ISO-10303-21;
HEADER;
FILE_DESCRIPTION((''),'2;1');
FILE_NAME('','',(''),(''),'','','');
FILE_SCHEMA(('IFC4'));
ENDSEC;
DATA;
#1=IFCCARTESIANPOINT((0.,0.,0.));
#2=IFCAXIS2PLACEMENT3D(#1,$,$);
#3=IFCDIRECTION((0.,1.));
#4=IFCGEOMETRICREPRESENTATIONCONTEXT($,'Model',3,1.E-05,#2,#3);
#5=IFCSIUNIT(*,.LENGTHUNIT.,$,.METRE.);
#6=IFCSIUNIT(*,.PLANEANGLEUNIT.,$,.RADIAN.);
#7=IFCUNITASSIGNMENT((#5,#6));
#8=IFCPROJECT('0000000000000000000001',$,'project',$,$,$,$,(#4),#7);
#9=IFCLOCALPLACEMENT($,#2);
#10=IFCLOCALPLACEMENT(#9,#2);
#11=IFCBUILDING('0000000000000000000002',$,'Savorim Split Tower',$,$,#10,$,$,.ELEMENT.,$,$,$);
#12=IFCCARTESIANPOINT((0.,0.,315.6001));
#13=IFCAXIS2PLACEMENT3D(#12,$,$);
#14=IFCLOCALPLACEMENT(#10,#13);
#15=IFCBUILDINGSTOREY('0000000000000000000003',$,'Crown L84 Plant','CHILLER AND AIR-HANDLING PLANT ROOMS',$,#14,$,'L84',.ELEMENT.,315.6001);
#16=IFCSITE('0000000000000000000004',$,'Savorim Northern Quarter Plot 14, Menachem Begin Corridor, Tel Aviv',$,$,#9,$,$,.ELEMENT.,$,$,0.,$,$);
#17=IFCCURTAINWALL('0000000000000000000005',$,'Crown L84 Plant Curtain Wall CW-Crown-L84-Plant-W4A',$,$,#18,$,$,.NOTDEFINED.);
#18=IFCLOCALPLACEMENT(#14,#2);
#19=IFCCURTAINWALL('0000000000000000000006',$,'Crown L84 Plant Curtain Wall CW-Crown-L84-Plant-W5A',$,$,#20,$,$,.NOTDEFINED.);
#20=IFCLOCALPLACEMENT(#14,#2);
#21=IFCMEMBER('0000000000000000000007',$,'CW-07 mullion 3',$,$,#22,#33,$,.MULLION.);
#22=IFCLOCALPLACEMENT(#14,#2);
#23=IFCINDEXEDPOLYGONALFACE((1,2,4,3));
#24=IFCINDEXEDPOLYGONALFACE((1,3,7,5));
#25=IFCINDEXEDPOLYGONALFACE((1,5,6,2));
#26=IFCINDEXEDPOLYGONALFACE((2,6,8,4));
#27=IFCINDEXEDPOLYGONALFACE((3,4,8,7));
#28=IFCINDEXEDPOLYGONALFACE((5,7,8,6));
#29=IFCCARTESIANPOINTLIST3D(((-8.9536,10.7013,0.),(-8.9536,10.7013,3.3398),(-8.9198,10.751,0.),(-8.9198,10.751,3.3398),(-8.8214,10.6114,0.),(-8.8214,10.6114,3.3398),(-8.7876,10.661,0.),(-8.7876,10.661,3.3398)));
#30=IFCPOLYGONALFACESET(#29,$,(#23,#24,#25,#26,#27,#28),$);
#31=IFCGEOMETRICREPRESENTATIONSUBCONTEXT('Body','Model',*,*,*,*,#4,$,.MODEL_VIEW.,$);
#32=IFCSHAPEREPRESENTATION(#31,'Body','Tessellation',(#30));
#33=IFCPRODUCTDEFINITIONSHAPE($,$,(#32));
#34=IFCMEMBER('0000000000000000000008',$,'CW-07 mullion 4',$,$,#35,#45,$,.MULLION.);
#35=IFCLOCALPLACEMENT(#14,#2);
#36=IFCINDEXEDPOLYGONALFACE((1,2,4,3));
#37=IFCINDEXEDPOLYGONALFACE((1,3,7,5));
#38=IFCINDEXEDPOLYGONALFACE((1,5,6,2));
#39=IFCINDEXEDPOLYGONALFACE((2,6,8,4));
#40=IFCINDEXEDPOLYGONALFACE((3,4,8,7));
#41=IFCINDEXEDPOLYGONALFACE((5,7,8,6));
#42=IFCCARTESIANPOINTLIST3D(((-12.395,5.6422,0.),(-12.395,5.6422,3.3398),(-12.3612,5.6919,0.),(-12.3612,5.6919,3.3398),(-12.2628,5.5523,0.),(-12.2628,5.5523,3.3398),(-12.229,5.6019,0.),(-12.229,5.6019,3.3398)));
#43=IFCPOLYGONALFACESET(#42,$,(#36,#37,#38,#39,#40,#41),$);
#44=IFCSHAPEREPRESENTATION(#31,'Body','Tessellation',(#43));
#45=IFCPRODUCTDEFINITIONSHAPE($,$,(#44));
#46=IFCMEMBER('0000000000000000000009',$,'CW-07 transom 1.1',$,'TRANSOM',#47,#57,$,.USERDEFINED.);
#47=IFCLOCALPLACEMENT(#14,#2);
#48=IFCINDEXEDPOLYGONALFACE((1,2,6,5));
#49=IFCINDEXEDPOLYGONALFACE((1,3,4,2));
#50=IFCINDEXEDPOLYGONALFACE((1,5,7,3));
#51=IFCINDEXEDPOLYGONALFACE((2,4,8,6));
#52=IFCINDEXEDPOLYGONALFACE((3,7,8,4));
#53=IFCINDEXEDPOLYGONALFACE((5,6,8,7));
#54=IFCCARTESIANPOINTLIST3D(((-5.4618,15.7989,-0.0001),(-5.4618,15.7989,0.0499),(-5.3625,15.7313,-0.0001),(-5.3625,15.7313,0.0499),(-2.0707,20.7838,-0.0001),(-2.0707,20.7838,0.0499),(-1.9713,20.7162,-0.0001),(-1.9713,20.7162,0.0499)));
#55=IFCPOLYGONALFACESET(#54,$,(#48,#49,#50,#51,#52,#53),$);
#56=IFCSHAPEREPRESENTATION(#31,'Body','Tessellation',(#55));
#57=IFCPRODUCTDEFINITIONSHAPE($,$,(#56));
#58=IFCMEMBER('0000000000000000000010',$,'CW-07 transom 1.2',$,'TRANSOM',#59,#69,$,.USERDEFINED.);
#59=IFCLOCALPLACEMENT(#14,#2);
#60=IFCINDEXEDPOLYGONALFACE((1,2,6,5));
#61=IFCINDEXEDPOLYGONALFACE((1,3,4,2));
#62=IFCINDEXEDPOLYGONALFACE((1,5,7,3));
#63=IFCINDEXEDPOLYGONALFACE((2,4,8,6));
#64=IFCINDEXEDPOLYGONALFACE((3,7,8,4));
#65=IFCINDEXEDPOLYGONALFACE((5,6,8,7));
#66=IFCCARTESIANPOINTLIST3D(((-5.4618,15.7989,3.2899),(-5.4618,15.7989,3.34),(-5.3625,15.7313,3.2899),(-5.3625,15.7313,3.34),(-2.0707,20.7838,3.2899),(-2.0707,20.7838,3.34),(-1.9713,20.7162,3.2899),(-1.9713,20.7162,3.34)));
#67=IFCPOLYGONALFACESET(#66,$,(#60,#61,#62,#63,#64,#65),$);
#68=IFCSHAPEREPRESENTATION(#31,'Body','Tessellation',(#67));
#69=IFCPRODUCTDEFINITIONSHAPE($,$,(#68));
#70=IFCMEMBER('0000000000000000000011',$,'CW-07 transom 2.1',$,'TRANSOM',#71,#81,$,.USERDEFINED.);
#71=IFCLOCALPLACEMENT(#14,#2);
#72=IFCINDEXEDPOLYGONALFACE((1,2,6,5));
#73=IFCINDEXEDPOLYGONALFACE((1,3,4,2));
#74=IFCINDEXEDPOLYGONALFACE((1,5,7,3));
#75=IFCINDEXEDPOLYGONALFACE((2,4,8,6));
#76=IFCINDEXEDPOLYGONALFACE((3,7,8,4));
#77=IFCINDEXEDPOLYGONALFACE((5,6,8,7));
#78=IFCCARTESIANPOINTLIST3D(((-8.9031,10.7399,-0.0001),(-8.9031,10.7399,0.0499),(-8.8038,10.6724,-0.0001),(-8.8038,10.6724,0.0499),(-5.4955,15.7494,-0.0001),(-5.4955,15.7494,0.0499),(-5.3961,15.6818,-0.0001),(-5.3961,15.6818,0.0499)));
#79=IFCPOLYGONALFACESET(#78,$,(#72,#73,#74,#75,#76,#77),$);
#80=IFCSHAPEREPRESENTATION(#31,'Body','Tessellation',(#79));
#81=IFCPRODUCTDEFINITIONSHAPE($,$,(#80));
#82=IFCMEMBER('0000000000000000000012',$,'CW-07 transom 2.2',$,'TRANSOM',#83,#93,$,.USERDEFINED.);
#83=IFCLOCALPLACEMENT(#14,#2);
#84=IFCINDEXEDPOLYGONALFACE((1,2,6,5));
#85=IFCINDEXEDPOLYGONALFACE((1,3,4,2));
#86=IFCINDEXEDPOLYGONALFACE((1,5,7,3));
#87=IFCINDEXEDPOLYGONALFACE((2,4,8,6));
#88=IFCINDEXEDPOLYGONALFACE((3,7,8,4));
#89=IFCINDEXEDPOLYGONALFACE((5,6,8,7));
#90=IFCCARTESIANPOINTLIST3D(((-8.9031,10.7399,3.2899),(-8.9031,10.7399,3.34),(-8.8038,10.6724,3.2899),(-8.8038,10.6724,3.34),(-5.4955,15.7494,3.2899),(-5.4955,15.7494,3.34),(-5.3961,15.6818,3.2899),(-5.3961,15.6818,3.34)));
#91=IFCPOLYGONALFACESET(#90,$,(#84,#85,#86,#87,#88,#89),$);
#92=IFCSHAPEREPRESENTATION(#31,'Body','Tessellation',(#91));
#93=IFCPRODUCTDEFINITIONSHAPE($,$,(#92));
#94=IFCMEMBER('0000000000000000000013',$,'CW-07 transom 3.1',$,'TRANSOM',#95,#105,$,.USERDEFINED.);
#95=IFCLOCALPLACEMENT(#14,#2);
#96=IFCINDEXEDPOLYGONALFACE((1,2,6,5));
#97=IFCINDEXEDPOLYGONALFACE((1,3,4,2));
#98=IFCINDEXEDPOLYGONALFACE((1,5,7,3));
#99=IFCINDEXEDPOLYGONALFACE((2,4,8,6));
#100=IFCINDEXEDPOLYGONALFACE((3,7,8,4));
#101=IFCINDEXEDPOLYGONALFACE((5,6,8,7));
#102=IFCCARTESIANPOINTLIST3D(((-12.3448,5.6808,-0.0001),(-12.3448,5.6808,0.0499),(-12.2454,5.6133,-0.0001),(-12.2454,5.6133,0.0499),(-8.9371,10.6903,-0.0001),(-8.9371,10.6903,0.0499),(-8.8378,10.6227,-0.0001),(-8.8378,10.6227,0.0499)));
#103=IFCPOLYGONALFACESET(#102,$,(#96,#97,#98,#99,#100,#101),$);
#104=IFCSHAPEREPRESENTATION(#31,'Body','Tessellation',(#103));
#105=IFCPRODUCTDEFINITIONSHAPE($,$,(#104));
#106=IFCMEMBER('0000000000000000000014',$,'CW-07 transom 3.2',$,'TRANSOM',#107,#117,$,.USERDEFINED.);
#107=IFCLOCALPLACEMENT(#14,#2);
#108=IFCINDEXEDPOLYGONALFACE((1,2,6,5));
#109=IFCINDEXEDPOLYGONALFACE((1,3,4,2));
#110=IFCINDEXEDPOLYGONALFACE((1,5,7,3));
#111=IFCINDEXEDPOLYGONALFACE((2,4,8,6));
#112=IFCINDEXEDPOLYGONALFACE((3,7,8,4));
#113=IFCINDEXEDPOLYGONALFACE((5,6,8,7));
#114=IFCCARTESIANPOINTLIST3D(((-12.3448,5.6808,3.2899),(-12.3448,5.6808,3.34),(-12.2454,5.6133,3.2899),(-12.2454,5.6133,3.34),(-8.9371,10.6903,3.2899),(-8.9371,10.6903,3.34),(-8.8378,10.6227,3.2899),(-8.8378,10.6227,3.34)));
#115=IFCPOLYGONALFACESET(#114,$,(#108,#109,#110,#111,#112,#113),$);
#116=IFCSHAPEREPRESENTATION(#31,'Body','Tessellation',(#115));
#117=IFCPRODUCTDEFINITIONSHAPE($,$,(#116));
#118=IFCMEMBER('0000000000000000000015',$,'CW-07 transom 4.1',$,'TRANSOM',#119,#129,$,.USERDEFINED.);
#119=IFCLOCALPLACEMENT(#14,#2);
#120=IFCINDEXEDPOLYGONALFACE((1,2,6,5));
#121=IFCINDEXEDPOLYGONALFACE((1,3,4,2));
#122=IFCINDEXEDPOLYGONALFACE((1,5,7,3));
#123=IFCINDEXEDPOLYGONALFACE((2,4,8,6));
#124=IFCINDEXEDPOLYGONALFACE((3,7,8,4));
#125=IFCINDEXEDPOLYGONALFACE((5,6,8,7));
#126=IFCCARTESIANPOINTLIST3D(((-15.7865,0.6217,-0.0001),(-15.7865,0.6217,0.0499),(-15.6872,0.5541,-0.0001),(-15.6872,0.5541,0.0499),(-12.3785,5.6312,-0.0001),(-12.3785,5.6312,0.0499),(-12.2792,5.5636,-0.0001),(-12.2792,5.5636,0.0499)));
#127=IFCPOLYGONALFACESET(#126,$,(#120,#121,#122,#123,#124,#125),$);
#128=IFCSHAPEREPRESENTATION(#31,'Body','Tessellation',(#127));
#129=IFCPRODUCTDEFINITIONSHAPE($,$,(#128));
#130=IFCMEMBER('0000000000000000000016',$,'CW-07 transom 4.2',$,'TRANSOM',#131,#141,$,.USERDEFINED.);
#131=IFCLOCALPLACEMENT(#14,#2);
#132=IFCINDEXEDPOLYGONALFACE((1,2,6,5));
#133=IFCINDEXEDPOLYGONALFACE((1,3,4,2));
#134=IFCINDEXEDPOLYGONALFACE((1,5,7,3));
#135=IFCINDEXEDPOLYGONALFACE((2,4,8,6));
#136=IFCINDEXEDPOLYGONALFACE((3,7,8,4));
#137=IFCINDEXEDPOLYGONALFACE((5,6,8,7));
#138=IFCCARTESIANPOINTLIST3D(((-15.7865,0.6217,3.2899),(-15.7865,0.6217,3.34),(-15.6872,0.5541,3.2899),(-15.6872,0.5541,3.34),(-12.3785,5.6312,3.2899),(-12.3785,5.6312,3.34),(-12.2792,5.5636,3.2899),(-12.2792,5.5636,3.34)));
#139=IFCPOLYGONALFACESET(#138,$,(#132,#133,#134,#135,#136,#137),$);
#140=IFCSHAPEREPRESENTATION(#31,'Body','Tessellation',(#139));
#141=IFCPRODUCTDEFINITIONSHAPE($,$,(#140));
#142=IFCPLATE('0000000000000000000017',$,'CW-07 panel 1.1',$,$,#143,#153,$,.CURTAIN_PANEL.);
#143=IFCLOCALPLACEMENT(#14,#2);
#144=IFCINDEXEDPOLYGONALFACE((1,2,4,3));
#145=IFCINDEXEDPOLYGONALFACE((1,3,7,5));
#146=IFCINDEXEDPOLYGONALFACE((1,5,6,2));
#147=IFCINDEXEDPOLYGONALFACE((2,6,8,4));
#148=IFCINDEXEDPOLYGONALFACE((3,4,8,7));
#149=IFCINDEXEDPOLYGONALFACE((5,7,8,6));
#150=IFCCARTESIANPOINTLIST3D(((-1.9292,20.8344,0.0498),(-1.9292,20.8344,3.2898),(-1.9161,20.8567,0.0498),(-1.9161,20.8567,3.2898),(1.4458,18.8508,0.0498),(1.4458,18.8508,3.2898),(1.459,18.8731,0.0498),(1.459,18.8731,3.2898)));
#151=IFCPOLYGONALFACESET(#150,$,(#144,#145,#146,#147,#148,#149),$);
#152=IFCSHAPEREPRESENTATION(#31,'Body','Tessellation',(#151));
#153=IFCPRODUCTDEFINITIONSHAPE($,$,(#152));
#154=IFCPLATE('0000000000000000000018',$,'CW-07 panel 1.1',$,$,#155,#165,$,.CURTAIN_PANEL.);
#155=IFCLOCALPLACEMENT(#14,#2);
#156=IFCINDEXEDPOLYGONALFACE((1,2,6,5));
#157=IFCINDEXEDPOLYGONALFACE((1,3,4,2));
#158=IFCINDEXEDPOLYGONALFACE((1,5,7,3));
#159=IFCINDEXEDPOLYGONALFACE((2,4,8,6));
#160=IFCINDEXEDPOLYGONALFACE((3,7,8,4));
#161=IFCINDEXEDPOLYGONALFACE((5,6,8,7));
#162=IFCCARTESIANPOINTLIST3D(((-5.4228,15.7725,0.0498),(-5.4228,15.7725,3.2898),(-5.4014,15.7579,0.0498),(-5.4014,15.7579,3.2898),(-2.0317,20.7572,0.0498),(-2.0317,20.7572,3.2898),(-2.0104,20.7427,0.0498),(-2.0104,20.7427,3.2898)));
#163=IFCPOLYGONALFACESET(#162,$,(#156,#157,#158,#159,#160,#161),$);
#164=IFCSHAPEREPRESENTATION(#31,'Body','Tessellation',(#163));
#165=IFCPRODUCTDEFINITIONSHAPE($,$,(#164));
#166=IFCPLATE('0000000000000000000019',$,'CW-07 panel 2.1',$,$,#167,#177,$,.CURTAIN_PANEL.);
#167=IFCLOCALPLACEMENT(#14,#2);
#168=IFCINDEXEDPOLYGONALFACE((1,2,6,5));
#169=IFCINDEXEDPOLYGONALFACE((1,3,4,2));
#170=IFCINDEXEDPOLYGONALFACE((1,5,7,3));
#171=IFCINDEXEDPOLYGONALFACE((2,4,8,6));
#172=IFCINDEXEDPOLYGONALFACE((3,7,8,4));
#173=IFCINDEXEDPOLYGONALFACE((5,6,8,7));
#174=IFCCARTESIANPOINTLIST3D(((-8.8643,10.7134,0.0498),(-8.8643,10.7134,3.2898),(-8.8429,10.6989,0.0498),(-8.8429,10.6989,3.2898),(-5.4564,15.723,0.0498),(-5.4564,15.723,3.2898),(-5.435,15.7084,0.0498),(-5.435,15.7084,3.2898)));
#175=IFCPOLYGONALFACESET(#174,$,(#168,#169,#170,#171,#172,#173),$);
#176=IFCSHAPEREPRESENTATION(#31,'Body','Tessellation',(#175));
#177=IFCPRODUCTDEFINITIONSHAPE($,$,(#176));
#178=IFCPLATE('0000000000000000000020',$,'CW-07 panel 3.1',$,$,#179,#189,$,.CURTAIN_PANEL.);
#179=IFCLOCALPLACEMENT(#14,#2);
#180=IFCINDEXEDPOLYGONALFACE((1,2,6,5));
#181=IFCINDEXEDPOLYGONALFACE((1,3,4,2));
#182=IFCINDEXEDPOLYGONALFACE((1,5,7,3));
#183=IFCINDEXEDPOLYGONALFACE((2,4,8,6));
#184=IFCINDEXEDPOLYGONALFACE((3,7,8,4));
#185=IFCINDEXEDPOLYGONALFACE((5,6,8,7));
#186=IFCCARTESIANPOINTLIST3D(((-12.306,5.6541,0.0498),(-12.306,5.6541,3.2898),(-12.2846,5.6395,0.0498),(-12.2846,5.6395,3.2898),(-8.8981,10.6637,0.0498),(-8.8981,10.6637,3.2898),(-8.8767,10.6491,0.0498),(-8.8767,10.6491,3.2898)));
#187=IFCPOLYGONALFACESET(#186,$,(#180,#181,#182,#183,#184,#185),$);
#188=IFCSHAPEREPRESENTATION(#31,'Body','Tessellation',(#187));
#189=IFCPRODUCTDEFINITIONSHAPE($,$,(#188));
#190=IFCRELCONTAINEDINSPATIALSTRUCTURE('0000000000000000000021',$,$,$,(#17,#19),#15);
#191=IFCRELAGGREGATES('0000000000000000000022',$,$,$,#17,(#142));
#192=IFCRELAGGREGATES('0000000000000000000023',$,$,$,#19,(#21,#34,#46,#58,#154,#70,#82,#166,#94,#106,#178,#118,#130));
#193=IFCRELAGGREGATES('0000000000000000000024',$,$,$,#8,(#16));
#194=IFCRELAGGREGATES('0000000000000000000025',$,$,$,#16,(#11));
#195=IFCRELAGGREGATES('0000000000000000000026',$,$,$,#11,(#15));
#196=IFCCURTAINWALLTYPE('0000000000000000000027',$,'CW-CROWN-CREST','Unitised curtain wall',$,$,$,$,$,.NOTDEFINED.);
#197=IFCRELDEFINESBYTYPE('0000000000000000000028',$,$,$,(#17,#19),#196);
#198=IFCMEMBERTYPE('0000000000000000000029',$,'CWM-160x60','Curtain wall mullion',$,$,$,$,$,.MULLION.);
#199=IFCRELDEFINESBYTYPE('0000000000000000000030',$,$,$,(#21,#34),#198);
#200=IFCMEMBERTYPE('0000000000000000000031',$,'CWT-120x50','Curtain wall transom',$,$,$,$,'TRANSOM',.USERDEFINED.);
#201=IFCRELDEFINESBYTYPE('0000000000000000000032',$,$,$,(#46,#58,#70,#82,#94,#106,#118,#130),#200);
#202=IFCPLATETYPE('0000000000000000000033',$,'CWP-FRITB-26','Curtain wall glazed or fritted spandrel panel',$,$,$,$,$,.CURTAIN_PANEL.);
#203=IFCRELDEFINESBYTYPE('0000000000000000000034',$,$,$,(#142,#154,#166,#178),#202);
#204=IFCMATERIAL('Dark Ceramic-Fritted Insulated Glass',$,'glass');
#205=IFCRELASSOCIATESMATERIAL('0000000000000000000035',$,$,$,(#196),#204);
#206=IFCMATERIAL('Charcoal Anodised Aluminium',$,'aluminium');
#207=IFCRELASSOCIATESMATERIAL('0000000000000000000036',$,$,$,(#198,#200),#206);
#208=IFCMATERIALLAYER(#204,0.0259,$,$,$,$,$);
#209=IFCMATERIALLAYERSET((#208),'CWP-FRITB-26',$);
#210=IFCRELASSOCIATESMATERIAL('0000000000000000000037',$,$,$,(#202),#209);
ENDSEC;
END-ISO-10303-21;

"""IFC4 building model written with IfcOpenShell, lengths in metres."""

from ifc_helpers import new_model, si_unit, direction, frame, origin, origin_2d, place, context, subcontext, project, spatial, rectangle, extrude, material, layer, layer_set, material_profile, profile_set, type_object, element, aggregate, save


model = new_model("IFC4")

# Units and contexts
model_context = context("Model", 3, precision=1e-05, world=origin(), true_north=direction((0.0, 1.0)))
body_context = subcontext(model_context, "Body", "Model", "MODEL_VIEW")
ifc_project = project(units=[si_unit("LENGTHUNIT", "METRE"), si_unit("PLANEANGLEUNIT", "RADIAN")], contexts=[model_context])

# Site, building, storey
site_placement = place(None, origin())
site = spatial("IfcSite", under=ifc_project, at=site_placement, Name="Savorim Northern Quarter Plot 14, Menachem Begin Corridor, Tel Aviv", CompositionType="ELEMENT", RefElevation=0.0)
building_placement = place(site_placement, origin())
building = spatial("IfcBuilding", under=site, at=building_placement, Name="Savorim Split Tower", CompositionType="ELEMENT")
storey_placement = place(building_placement, frame((0.0, 0.0, 315.6001)))
storey = spatial("IfcBuildingStorey", under=building, at=storey_placement, Name="Crown L84 Plant", Description="CHILLER AND AIR-HANDLING PLANT ROOMS", LongName="L84", CompositionType="ELEMENT", Elevation=315.6001)

# Curtain wall
ifc_material_1 = material(Name="Dark Ceramic-Fritted Insulated Glass", Category="glass")
curtain_wall_type = type_object("IfcCurtainWallType", Name="CW-CROWN-CREST", Description="Unitised curtain wall", PredefinedType="NOTDEFINED", material=ifc_material_1)
curtain_wall_1_placement = place(storey_placement, origin())
curtain_wall_1 = element("IfcCurtainWall", 1, at=curtain_wall_1_placement, inside=storey, type_object=curtain_wall_type, Name="Crown L84 Plant Curtain Wall CW-Crown-L84-Plant-W4A", PredefinedType="NOTDEFINED")
ifc_material_2 = material(Name="Charcoal Anodised Aluminium", Category="aluminium")
ifc_material_profile_1 = material_profile(ifc_material_2, rectangle(XDim=0.1599, YDim=0.0601, at=origin_2d()), Name="ALU-M 160x60")
ifc_profile_set_1 = profile_set([ifc_material_profile_1], Name="Charcoal Anodised Aluminium")
member_type_1 = type_object("IfcMemberType", Name="CWM-160x60", Description="Curtain wall mullion", PredefinedType="MULLION", material=ifc_profile_set_1)

# Curtain wall, members
curtain_wall_2_placement = place(storey_placement, origin())
curtain_wall_2 = element("IfcCurtainWall", 2, at=curtain_wall_2_placement, inside=storey, type_object=curtain_wall_type, Name="Crown L84 Plant Curtain Wall CW-Crown-L84-Plant-W5A", PredefinedType="NOTDEFINED")
member_1_placement = place(storey_placement, frame((-8.8706, 10.6812, 0.0), z_axis=(0.0, 0.0, 1.0), x_axis=(0.82682, -0.562467, 0.0)))
member_1 = element("IfcMember", 3, at=member_1_placement, type_object=member_type_1, Name="CW-07 mullion 3", PredefinedType="MULLION", context=body_context, shape_type="SweptSolid", body=[
    extrude(rectangle(XDim=0.1599, YDim=0.0601, at=origin_2d()), origin(), (0.0, 0.0, 1.0), 3.3398),
])
member_2_placement = place(storey_placement, frame((-12.312, 5.6221, 0.0), z_axis=(0.0, 0.0, 1.0), x_axis=(0.82682, -0.562467, 0.0)))
member_2 = element("IfcMember", 4, at=member_2_placement, type_object=member_type_1, Name="CW-07 mullion 4", PredefinedType="MULLION", context=body_context, shape_type="SweptSolid", body=[
    extrude(rectangle(XDim=0.1599, YDim=0.0601, at=origin_2d()), origin(), (0.0, 0.0, 1.0), 3.3398),
])
ifc_material_profile_2 = material_profile(ifc_material_2, rectangle(XDim=0.1201, YDim=0.05, at=origin_2d()), Name="ALU-T 120x50")
ifc_profile_set_2 = profile_set([ifc_material_profile_2], Name="Charcoal Anodised Aluminium")
member_type_2 = type_object("IfcMemberType", Name="CWT-120x50", Description="Curtain wall transom", ElementType="TRANSOM", PredefinedType="USERDEFINED", material=ifc_profile_set_2)
member_3_placement = place(storey_placement, frame((-2.021, 20.75, 0.0249), z_axis=(-0.56247, -0.826818, 0.0), x_axis=(0.826818, -0.56247, 0.0)))
member_3 = element("IfcMember", 5, at=member_3_placement, type_object=member_type_2, Name="CW-07 transom 1.1", ObjectType="TRANSOM", PredefinedType="USERDEFINED", context=body_context, shape_type="SweptSolid", body=[
    extrude(rectangle(XDim=0.1201, YDim=0.05, at=origin_2d()), origin(), (0.0, 0.0, 1.0), 6.0291),
])
member_4_placement = place(storey_placement, frame((-2.021, 20.75, 3.3149), z_axis=(-0.56247, -0.826818, 0.0), x_axis=(0.826818, -0.56247, 0.0)))
member_4 = element("IfcMember", 6, at=member_4_placement, type_object=member_type_2, Name="CW-07 transom 1.2", ObjectType="TRANSOM", PredefinedType="USERDEFINED", context=body_context, shape_type="SweptSolid", body=[
    extrude(rectangle(XDim=0.1201, YDim=0.05, at=origin_2d()), origin(), (0.0, 0.0, 1.0), 6.0291),
])
member_5_placement = place(storey_placement, frame((-5.4458, 15.7156, 0.0249), z_axis=(-0.56245, -0.826831, 0.0), x_axis=(0.826831, -0.56245, 0.0)))
member_5 = element("IfcMember", 7, at=member_5_placement, type_object=member_type_2, Name="CW-07 transom 2.1", ObjectType="TRANSOM", PredefinedType="USERDEFINED", context=body_context, shape_type="SweptSolid", body=[
    extrude(rectangle(XDim=0.1201, YDim=0.05, at=origin_2d()), origin(), (0.0, 0.0, 1.0), 6.0586),
])
member_6_placement = place(storey_placement, frame((-5.4458, 15.7156, 3.3149), z_axis=(-0.56245, -0.826831, 0.0), x_axis=(0.826831, -0.56245, 0.0)))
member_6 = element("IfcMember", 8, at=member_6_placement, type_object=member_type_2, Name="CW-07 transom 2.2", ObjectType="TRANSOM", PredefinedType="USERDEFINED", context=body_context, shape_type="SweptSolid", body=[
    extrude(rectangle(XDim=0.1201, YDim=0.05, at=origin_2d()), origin(), (0.0, 0.0, 1.0), 6.0586),
])
member_7_placement = place(storey_placement, frame((-8.8875, 10.6565, 0.0249), z_axis=(-0.56245, -0.826831, 0.0), x_axis=(0.826831, -0.56245, 0.0)))
member_7 = element("IfcMember", 9, at=member_7_placement, type_object=member_type_2, Name="CW-07 transom 3.1", ObjectType="TRANSOM", PredefinedType="USERDEFINED", context=body_context, shape_type="SweptSolid", body=[
    extrude(rectangle(XDim=0.1201, YDim=0.05, at=origin_2d()), origin(), (0.0, 0.0, 1.0), 6.0586),
])
member_8_placement = place(storey_placement, frame((-8.8875, 10.6565, 3.3149), z_axis=(-0.56245, -0.826831, 0.0), x_axis=(0.826831, -0.56245, 0.0)))
member_8 = element("IfcMember", 10, at=member_8_placement, type_object=member_type_2, Name="CW-07 transom 3.2", ObjectType="TRANSOM", PredefinedType="USERDEFINED", context=body_context, shape_type="SweptSolid", body=[
    extrude(rectangle(XDim=0.1201, YDim=0.05, at=origin_2d()), origin(), (0.0, 0.0, 1.0), 6.0586),
])
member_9_placement = place(storey_placement, frame((-12.3289, 5.5974, 0.0249), z_axis=(-0.562478, -0.826813, 0.0), x_axis=(0.826813, -0.562478, 0.0)))
member_9 = element("IfcMember", 11, at=member_9_placement, type_object=member_type_2, Name="CW-07 transom 4.1", ObjectType="TRANSOM", PredefinedType="USERDEFINED", context=body_context, shape_type="SweptSolid", body=[
    extrude(rectangle(XDim=0.1201, YDim=0.05, at=origin_2d()), origin(), (0.0, 0.0, 1.0), 6.0588),
])
member_10_placement = place(storey_placement, frame((-12.3289, 5.5974, 3.3149), z_axis=(-0.562478, -0.826813, 0.0), x_axis=(0.826813, -0.562478, 0.0)))
member_10 = element("IfcMember", 12, at=member_10_placement, type_object=member_type_2, Name="CW-07 transom 4.2", ObjectType="TRANSOM", PredefinedType="USERDEFINED", context=body_context, shape_type="SweptSolid", body=[
    extrude(rectangle(XDim=0.1201, YDim=0.05, at=origin_2d()), origin(), (0.0, 0.0, 1.0), 6.0588),
])

# Plates
ifc_layer_1 = layer(ifc_material_1, 0.0259)
ifc_layer_set_1 = layer_set([ifc_layer_1], Name="CWP-FRITB-26")
plate_type = type_object("IfcPlateType", Name="CWP-FRITB-26", Description="Curtain wall glazed or fritted spandrel panel", PredefinedType="CURTAIN_PANEL", material=ifc_layer_set_1)
plate_1_placement = place(storey_placement, frame((-0.2351, 19.8538, 0.0498), z_axis=(0.0, 0.0, 1.0), x_axis=(-0.86212, 0.506704, 0.0)))
plate_1 = element("IfcPlate", 13, at=plate_1_placement, type_object=plate_type, Name="CW-07 panel 1.1", PredefinedType="CURTAIN_PANEL", context=body_context, shape_type="SweptSolid", body=[
    extrude(rectangle(XDim=3.9148, YDim=0.0259, at=origin_2d()), origin(), (0.0, 0.0, 1.0), 3.24),
])
aggregate(curtain_wall_1, [plate_1])
plate_2_placement = place(storey_placement, frame((-3.7166, 18.2576, 0.0498), z_axis=(0.0, 0.0, 1.0), x_axis=(-0.562467, -0.82682, 0.0)))
plate_2 = element("IfcPlate", 14, at=plate_2_placement, type_object=plate_type, Name="CW-07 panel 1.1", PredefinedType="CURTAIN_PANEL", context=body_context, shape_type="SweptSolid", body=[
    extrude(rectangle(XDim=6.0288, YDim=0.0259, at=origin_2d()), origin(), (0.0, 0.0, 1.0), 3.24),
])
plate_3_placement = place(storey_placement, frame((-7.1497, 13.2109, 0.0498), z_axis=(0.0, 0.0, 1.0), x_axis=(-0.562467, -0.82682, 0.0)))
plate_3 = element("IfcPlate", 15, at=plate_3_placement, type_object=plate_type, Name="CW-07 panel 2.1", PredefinedType="CURTAIN_PANEL", context=body_context, shape_type="SweptSolid", body=[
    extrude(rectangle(XDim=6.0588, YDim=0.0259, at=origin_2d()), origin(), (0.0, 0.0, 1.0), 3.24),
])
plate_4_placement = place(storey_placement, frame((-10.5913, 8.1516, 0.0498), z_axis=(0.0, 0.0, 1.0), x_axis=(-0.562467, -0.82682, 0.0)))
plate_4 = element("IfcPlate", 16, at=plate_4_placement, type_object=plate_type, Name="CW-07 panel 3.1", PredefinedType="CURTAIN_PANEL", context=body_context, shape_type="SweptSolid", body=[
    extrude(rectangle(XDim=6.0588, YDim=0.0259, at=origin_2d()), origin(), (0.0, 0.0, 1.0), 3.24),
])
aggregate(curtain_wall_2, [member_1, member_2, member_3, member_4, plate_2, member_5, member_6, plate_3, member_7, member_8, plate_4, member_9, member_10])

save(model, "model.ifc")
